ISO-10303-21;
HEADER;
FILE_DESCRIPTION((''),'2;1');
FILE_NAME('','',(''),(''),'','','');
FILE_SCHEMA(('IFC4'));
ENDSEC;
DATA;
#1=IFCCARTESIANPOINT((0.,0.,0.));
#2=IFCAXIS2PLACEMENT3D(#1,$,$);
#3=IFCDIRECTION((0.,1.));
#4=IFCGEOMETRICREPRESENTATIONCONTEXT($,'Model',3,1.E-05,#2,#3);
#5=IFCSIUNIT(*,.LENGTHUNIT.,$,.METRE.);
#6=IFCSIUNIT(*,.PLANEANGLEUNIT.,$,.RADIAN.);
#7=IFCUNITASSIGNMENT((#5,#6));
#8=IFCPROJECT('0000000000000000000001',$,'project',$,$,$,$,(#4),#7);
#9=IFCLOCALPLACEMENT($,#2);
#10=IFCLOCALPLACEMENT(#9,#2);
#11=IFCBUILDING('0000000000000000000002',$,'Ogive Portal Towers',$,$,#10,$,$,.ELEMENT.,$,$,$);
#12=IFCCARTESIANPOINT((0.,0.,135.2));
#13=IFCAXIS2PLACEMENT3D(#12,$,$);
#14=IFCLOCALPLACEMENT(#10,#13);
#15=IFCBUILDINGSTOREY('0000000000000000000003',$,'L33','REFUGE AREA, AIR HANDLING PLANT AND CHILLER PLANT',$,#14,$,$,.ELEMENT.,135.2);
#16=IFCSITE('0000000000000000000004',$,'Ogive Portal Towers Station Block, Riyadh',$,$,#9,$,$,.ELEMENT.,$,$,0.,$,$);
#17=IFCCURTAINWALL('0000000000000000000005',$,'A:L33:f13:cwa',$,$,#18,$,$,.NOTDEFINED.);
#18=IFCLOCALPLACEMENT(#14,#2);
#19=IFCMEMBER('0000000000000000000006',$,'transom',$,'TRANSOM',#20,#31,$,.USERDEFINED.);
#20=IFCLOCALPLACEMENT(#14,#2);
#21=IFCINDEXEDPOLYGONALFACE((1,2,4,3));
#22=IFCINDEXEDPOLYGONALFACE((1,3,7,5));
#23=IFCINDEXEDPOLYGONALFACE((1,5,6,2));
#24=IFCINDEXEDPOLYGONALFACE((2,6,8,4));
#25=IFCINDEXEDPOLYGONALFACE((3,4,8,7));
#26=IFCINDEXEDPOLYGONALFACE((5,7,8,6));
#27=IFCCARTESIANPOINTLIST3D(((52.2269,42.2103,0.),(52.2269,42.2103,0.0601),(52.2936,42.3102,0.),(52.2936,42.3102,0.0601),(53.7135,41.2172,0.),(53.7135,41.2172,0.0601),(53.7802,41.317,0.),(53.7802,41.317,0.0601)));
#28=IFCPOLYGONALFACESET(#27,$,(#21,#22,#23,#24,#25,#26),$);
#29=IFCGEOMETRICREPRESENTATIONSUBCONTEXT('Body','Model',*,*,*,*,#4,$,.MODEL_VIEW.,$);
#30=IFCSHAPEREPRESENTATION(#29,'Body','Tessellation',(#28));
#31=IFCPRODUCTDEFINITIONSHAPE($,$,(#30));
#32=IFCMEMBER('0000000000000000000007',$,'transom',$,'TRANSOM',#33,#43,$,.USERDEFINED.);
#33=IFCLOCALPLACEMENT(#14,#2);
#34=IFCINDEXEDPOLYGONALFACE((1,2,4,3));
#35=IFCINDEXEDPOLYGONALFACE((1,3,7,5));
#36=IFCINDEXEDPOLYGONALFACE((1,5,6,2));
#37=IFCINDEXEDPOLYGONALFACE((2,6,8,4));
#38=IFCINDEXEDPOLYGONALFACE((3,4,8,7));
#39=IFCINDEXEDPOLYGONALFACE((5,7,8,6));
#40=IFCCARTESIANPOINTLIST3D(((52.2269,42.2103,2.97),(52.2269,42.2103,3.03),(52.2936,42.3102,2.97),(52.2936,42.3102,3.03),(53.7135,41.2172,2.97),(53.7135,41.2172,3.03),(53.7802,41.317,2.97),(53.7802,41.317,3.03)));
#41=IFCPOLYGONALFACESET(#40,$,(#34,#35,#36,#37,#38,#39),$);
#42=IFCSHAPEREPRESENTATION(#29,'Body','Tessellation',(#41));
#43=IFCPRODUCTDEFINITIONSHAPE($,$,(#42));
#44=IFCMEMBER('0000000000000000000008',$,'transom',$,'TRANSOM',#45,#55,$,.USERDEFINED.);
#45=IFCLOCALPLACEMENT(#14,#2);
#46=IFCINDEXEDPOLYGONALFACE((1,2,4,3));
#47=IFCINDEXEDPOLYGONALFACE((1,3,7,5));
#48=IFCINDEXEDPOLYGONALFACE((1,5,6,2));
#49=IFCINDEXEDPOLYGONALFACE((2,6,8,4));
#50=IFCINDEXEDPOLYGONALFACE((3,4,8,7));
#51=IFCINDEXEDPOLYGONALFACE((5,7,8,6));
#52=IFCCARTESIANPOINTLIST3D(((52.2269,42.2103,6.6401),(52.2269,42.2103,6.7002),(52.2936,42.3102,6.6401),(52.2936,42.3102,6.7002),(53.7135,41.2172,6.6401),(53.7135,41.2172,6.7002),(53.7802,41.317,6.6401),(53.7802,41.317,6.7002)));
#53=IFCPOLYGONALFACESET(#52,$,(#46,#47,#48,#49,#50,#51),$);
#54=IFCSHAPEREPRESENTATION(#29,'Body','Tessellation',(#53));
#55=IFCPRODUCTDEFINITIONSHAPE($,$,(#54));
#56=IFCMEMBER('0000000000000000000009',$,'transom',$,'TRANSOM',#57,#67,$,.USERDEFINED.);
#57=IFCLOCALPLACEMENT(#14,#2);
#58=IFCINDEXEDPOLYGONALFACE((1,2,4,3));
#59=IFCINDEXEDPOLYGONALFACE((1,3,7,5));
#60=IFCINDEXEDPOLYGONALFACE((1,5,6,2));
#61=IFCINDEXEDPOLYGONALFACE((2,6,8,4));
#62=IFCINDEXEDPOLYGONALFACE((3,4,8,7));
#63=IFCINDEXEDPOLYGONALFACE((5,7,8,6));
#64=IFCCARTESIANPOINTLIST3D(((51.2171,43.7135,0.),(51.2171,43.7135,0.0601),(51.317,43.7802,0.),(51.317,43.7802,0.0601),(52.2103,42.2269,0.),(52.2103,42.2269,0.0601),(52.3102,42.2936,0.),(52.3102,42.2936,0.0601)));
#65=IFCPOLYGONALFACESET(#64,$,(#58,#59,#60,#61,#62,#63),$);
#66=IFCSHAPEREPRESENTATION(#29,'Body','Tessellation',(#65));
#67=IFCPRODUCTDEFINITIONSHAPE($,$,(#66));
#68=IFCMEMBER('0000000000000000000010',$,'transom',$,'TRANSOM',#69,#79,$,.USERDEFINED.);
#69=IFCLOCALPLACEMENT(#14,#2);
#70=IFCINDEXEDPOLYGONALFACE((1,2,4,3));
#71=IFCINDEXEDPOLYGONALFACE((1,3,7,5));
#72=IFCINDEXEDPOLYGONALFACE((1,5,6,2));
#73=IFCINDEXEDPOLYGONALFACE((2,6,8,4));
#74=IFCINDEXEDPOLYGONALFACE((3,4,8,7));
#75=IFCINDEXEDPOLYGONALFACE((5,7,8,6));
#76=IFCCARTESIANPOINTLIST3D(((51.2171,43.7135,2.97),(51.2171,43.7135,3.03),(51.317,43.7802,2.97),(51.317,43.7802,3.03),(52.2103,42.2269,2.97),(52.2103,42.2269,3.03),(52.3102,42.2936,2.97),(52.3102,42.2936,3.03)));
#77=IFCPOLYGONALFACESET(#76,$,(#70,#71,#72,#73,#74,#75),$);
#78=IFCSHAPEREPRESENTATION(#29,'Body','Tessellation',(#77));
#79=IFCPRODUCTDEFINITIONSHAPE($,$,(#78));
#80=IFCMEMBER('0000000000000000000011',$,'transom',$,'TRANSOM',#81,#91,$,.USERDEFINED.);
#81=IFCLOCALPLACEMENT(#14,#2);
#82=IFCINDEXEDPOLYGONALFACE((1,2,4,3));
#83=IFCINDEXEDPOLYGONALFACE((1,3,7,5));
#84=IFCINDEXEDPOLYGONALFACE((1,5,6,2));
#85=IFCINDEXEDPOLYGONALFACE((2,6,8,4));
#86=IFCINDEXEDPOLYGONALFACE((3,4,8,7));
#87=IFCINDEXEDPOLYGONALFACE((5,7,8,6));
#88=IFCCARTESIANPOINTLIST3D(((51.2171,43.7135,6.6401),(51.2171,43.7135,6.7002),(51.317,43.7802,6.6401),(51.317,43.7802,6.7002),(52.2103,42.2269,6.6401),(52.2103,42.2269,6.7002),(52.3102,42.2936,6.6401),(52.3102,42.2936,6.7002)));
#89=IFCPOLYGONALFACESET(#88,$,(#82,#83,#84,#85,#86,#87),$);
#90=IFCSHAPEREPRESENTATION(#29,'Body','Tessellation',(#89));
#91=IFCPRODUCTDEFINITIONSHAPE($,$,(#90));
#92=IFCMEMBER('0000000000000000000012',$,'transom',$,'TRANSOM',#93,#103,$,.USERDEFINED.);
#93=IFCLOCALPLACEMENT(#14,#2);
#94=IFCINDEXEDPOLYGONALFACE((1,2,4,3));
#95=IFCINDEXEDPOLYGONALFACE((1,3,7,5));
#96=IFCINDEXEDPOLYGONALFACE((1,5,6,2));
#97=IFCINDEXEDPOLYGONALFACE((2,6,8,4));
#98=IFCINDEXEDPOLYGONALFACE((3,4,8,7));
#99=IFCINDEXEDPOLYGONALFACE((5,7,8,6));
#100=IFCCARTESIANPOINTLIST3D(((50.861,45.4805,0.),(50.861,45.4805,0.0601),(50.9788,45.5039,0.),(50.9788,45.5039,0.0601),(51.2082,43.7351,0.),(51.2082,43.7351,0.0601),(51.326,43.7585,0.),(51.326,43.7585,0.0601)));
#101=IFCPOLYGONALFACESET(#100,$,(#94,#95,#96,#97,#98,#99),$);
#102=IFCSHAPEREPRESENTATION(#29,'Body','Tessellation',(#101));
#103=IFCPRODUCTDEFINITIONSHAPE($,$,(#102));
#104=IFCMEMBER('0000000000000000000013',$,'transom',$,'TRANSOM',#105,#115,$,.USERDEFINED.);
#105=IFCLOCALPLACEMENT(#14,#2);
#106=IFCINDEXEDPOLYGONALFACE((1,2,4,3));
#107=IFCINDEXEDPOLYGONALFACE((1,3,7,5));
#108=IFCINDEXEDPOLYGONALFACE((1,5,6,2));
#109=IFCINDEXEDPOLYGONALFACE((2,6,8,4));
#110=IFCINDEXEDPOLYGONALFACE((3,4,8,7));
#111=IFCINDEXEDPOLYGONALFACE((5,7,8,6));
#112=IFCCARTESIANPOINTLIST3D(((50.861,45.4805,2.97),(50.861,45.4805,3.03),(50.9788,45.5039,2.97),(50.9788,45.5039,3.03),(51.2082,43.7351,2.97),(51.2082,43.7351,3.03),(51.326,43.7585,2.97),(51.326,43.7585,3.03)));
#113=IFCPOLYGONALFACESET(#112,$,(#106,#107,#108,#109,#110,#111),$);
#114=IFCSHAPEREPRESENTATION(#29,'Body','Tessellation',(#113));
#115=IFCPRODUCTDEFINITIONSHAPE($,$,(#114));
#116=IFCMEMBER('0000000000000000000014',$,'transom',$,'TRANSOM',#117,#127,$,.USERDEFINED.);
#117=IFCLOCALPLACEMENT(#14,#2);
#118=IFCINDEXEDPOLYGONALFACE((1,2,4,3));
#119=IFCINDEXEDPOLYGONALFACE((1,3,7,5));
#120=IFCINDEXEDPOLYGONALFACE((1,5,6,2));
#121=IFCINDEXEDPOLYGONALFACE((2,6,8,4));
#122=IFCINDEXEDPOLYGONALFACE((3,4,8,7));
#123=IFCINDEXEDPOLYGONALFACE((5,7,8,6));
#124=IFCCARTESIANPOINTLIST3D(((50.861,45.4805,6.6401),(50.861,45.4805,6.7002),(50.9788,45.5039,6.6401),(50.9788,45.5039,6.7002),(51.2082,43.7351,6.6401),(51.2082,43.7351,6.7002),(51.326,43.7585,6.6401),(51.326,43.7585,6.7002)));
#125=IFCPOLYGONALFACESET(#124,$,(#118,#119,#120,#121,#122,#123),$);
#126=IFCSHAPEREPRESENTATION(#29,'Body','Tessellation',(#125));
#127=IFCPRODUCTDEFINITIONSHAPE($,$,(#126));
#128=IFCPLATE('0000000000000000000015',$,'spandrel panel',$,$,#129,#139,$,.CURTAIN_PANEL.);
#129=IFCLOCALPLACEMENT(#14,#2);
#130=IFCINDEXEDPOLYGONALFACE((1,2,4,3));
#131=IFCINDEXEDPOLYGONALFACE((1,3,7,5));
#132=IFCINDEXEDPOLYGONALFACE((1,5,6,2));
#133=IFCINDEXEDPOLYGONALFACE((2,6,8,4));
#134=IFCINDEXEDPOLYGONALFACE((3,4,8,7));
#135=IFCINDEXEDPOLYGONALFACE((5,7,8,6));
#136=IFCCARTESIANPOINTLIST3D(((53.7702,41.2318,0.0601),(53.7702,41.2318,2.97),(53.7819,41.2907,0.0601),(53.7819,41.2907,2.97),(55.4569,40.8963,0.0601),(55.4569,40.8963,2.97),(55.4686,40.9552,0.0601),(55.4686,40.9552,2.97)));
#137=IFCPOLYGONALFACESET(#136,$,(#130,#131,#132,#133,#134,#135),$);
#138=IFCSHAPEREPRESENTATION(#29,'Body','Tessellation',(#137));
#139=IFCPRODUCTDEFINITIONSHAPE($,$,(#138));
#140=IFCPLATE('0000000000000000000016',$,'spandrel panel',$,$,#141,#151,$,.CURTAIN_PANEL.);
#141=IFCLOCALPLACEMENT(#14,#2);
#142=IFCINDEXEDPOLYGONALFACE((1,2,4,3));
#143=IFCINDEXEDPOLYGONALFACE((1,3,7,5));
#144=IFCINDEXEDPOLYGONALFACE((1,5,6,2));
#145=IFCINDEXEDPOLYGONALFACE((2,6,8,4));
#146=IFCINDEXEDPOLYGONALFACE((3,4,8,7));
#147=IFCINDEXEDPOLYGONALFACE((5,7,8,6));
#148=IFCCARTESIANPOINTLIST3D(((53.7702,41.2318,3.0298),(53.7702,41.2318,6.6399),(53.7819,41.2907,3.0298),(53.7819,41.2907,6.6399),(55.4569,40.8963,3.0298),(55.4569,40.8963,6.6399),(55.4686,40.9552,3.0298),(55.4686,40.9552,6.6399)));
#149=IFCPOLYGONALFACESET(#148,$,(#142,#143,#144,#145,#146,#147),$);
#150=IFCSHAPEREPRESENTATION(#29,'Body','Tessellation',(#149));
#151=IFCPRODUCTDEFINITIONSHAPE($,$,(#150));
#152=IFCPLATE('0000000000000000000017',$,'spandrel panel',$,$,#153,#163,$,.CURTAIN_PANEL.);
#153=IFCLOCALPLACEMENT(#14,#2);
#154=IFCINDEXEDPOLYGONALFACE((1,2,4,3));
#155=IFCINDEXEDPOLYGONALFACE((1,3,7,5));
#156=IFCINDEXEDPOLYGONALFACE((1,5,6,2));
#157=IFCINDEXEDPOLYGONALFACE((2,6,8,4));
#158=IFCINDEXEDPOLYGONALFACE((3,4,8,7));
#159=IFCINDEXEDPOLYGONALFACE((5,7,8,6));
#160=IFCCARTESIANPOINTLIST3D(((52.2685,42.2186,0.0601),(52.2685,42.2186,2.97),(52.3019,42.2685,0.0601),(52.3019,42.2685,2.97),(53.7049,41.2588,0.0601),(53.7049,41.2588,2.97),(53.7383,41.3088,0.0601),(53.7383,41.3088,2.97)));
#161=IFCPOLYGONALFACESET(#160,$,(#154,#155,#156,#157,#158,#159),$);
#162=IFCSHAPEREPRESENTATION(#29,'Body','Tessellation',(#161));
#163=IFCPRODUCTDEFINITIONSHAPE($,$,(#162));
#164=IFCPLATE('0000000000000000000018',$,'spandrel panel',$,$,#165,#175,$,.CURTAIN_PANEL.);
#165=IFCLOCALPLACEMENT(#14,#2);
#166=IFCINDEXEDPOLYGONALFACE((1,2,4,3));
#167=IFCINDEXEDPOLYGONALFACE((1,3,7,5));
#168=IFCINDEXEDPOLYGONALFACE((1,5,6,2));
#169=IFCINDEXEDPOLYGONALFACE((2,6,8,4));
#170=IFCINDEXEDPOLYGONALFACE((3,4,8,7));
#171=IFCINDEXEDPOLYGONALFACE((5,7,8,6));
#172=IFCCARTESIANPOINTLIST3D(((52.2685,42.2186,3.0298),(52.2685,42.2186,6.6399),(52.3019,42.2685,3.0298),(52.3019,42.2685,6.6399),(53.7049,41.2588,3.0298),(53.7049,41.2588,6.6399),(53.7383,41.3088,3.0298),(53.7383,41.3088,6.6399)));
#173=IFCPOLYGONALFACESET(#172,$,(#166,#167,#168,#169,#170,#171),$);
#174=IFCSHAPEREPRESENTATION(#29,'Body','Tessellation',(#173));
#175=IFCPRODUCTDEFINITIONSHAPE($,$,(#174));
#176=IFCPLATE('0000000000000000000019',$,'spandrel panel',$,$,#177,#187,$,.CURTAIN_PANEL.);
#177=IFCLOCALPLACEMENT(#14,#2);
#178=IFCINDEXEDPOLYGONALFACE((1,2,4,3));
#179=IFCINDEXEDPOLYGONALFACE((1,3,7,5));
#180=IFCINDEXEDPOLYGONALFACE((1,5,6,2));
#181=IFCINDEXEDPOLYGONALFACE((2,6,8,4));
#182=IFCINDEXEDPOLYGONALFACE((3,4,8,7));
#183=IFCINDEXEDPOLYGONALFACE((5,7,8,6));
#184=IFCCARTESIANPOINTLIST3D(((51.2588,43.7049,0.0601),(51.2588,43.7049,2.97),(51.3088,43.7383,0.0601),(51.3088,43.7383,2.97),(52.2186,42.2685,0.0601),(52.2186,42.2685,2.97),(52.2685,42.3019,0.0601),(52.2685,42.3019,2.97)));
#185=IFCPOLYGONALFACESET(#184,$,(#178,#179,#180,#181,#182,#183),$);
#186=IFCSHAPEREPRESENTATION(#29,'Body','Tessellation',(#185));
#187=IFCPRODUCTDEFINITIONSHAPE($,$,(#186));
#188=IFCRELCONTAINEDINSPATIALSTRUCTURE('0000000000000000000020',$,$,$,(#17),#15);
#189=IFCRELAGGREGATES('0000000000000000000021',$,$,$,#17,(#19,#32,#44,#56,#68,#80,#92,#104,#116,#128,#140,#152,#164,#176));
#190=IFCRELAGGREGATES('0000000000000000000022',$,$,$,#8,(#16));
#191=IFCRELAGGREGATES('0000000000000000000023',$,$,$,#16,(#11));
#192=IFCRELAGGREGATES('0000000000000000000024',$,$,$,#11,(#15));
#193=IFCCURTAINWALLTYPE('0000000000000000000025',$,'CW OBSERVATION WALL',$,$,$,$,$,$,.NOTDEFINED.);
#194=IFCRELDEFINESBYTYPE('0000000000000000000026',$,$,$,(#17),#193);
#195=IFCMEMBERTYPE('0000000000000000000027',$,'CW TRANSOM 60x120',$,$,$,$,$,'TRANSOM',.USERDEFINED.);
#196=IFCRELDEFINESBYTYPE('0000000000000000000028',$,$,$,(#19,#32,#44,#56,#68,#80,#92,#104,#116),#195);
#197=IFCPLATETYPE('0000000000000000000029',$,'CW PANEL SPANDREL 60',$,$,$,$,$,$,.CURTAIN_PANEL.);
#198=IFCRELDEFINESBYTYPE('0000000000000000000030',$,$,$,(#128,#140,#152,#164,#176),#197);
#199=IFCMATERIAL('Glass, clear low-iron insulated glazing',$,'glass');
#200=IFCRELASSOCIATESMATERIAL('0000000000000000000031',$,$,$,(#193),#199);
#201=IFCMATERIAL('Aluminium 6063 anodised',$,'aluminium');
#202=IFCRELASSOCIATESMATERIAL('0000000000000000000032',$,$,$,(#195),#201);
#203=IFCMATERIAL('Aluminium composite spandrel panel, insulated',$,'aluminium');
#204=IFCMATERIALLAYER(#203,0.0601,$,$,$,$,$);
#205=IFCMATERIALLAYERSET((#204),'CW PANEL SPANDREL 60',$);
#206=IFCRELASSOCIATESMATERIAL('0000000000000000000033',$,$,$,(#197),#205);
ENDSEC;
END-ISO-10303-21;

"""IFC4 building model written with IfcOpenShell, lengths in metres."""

from ifc_helpers import new_model, si_unit, direction, frame, origin, origin_2d, place, context, subcontext, project, spatial, rectangle, extrude, material, layer, layer_set, material_profile, profile_set, type_object, element, aggregate, save


model = new_model("IFC4")

# Units and contexts
model_context = context("Model", 3, precision=1e-05, world=origin(), true_north=direction((0.0, 1.0)))
body_context = subcontext(model_context, "Body", "Model", "MODEL_VIEW")
ifc_project = project(units=[si_unit("LENGTHUNIT", "METRE"), si_unit("PLANEANGLEUNIT", "RADIAN")], contexts=[model_context])

# Site, building, storey
site_placement = place(None, origin())
site = spatial("IfcSite", under=ifc_project, at=site_placement, Name="Ogive Portal Towers Station Block, Riyadh", CompositionType="ELEMENT", RefElevation=0.0)
building_placement = place(site_placement, origin())
building = spatial("IfcBuilding", under=site, at=building_placement, Name="Ogive Portal Towers", CompositionType="ELEMENT")
storey_placement = place(building_placement, frame((0.0, 0.0, 135.2)))
storey = spatial("IfcBuildingStorey", under=building, at=storey_placement, Name="L33", Description="REFUGE AREA, AIR HANDLING PLANT AND CHILLER PLANT", CompositionType="ELEMENT", Elevation=135.2)

# Shared definitions
ifc_material_1 = material(Name="Glass, clear low-iron insulated glazing", Category="glass")
curtain_wall_type = type_object("IfcCurtainWallType", Name="CW OBSERVATION WALL", PredefinedType="NOTDEFINED", material=ifc_material_1)
ifc_material_2 = material(Name="Aluminium 6063 anodised", Category="aluminium")

# Curtain wall, members, plates
curtain_wall_1_placement = place(storey_placement, origin())
curtain_wall_1 = element("IfcCurtainWall", 1, at=curtain_wall_1_placement, inside=storey, type_object=curtain_wall_type, Name="A:L33:f13:cwa", PredefinedType="NOTDEFINED")
ifc_material_profile_1 = material_profile(ifc_material_2, rectangle(XDim=0.1201, YDim=0.0601, at=origin_2d()), Name="AL 120x60")
ifc_profile_set_1 = profile_set([ifc_material_profile_1], Name="Aluminium 6063 anodised")
member_type_1 = type_object("IfcMemberType", Name="CW TRANSOM 60x120", ElementType="TRANSOM", PredefinedType="USERDEFINED", material=ifc_profile_set_1)
member_1_placement = place(storey_placement, frame((53.7468, 41.2671, 0.03), z_axis=(-0.831504, 0.555519, 0.0), x_axis=(-0.555519, -0.831504, 0.0)))
member_1 = element("IfcMember", 2, at=member_1_placement, type_object=member_type_1, Name="transom", ObjectType="TRANSOM", PredefinedType="USERDEFINED", context=body_context, shape_type="SweptSolid", body=[
    extrude(rectangle(XDim=0.1201, YDim=0.0601, at=origin_2d()), origin(), (0.0, 0.0, 1.0), 1.7878),
])
member_2_placement = place(storey_placement, frame((53.7468, 41.2671, 3.0), z_axis=(-0.831504, 0.555519, 0.0), x_axis=(-0.555519, -0.831504, 0.0)))
member_2 = element("IfcMember", 3, at=member_2_placement, type_object=member_type_1, Name="transom", ObjectType="TRANSOM", PredefinedType="USERDEFINED", context=body_context, shape_type="SweptSolid", body=[
    extrude(rectangle(XDim=0.1201, YDim=0.0601, at=origin_2d()), origin(), (0.0, 0.0, 1.0), 1.7878),
])
member_3_placement = place(storey_placement, frame((53.7468, 41.2671, 6.6702), z_axis=(-0.831504, 0.555519, 0.0), x_axis=(-0.555519, -0.831504, 0.0)))
member_3 = element("IfcMember", 4, at=member_3_placement, type_object=member_type_1, Name="transom", ObjectType="TRANSOM", PredefinedType="USERDEFINED", context=body_context, shape_type="SweptSolid", body=[
    extrude(rectangle(XDim=0.1201, YDim=0.0601, at=origin_2d()), origin(), (0.0, 0.0, 1.0), 1.7878),
])
member_4_placement = place(storey_placement, frame((52.2603, 42.2603, 0.03), z_axis=(-0.555519, 0.831504, 0.0), x_axis=(-0.831504, -0.555519, 0.0)))
member_4 = element("IfcMember", 5, at=member_4_placement, type_object=member_type_1, Name="transom", ObjectType="TRANSOM", PredefinedType="USERDEFINED", context=body_context, shape_type="SweptSolid", body=[
    extrude(rectangle(XDim=0.1201, YDim=0.0601, at=origin_2d()), origin(), (0.0, 0.0, 1.0), 1.7878),
])
member_5_placement = place(storey_placement, frame((52.2603, 42.2603, 3.0), z_axis=(-0.555519, 0.831504, 0.0), x_axis=(-0.831504, -0.555519, 0.0)))
member_5 = element("IfcMember", 6, at=member_5_placement, type_object=member_type_1, Name="transom", ObjectType="TRANSOM", PredefinedType="USERDEFINED", context=body_context, shape_type="SweptSolid", body=[
    extrude(rectangle(XDim=0.1201, YDim=0.0601, at=origin_2d()), origin(), (0.0, 0.0, 1.0), 1.7878),
])
member_6_placement = place(storey_placement, frame((52.2603, 42.2603, 6.6702), z_axis=(-0.555519, 0.831504, 0.0), x_axis=(-0.831504, -0.555519, 0.0)))
member_6 = element("IfcMember", 7, at=member_6_placement, type_object=member_type_1, Name="transom", ObjectType="TRANSOM", PredefinedType="USERDEFINED", context=body_context, shape_type="SweptSolid", body=[
    extrude(rectangle(XDim=0.1201, YDim=0.0601, at=origin_2d()), origin(), (0.0, 0.0, 1.0), 1.7878),
])
member_7_placement = place(storey_placement, frame((51.2671, 43.7468, 0.03), z_axis=(-0.195087, 0.980786, 0.0), x_axis=(-0.980786, -0.195087, 0.0)))
member_7 = element("IfcMember", 8, at=member_7_placement, type_object=member_type_1, Name="transom", ObjectType="TRANSOM", PredefinedType="USERDEFINED", context=body_context, shape_type="SweptSolid", body=[
    extrude(rectangle(XDim=0.1201, YDim=0.0601, at=origin_2d()), origin(), (0.0, 0.0, 1.0), 1.7795),
])
member_8_placement = place(storey_placement, frame((51.2671, 43.7468, 3.0), z_axis=(-0.195087, 0.980786, 0.0), x_axis=(-0.980786, -0.195087, 0.0)))
member_8 = element("IfcMember", 9, at=member_8_placement, type_object=member_type_1, Name="transom", ObjectType="TRANSOM", PredefinedType="USERDEFINED", context=body_context, shape_type="SweptSolid", body=[
    extrude(rectangle(XDim=0.1201, YDim=0.0601, at=origin_2d()), origin(), (0.0, 0.0, 1.0), 1.7795),
])
member_9_placement = place(storey_placement, frame((51.2671, 43.7468, 6.6702), z_axis=(-0.195087, 0.980786, 0.0), x_axis=(-0.980786, -0.195087, 0.0)))
member_9 = element("IfcMember", 10, at=member_9_placement, type_object=member_type_1, Name="transom", ObjectType="TRANSOM", PredefinedType="USERDEFINED", context=body_context, shape_type="SweptSolid", body=[
    extrude(rectangle(XDim=0.1201, YDim=0.0601, at=origin_2d()), origin(), (0.0, 0.0, 1.0), 1.7795),
])
ifc_material_3 = material(Name="Aluminium composite spandrel panel, insulated", Category="aluminium")
ifc_layer_1 = layer(ifc_material_3, 0.0601)
ifc_layer_set_1 = layer_set([ifc_layer_1], Name="CW PANEL SPANDREL 60")
plate_type = type_object("IfcPlateType", Name="CW PANEL SPANDREL 60", PredefinedType="CURTAIN_PANEL", material=ifc_layer_set_1)
plate_1_placement = place(storey_placement, frame((54.6194, 41.0935, 0.0601), z_axis=(0.0, 0.0, 1.0), x_axis=(-0.980785, 0.19509, 0.0)))
plate_1 = element("IfcPlate", 11, at=plate_1_placement, type_object=plate_type, Name="spandrel panel", PredefinedType="CURTAIN_PANEL", context=body_context, shape_type="SweptSolid", body=[
    extrude(rectangle(XDim=1.7197, YDim=0.0601, at=origin_2d()), origin(), (0.0, 0.0, 1.0), 2.9099),
])
plate_2_placement = place(storey_placement, frame((54.6194, 41.0935, 3.0298), z_axis=(0.0, 0.0, 1.0), x_axis=(-0.980785, 0.19509, 0.0)))
plate_2 = element("IfcPlate", 12, at=plate_2_placement, type_object=plate_type, Name="spandrel panel", PredefinedType="CURTAIN_PANEL", context=body_context, shape_type="SweptSolid", body=[
    extrude(rectangle(XDim=1.7197, YDim=0.0601, at=origin_2d()), origin(), (0.0, 0.0, 1.0), 3.6101),
])
plate_3_placement = place(storey_placement, frame((53.0034, 41.7637, 0.0601), z_axis=(0.0, 0.0, 1.0), x_axis=(-0.83147, 0.55557, 0.0)))
plate_3 = element("IfcPlate", 13, at=plate_3_placement, type_object=plate_type, Name="spandrel panel", PredefinedType="CURTAIN_PANEL", context=body_context, shape_type="SweptSolid", body=[
    extrude(rectangle(XDim=1.7275, YDim=0.0601, at=origin_2d()), origin(), (0.0, 0.0, 1.0), 2.9099),
])
plate_4_placement = place(storey_placement, frame((53.0034, 41.7637, 3.0298), z_axis=(0.0, 0.0, 1.0), x_axis=(-0.83147, 0.55557, 0.0)))
plate_4 = element("IfcPlate", 14, at=plate_4_placement, type_object=plate_type, Name="spandrel panel", PredefinedType="CURTAIN_PANEL", context=body_context, shape_type="SweptSolid", body=[
    extrude(rectangle(XDim=1.7275, YDim=0.0601, at=origin_2d()), origin(), (0.0, 0.0, 1.0), 3.6101),
])
plate_5_placement = place(storey_placement, frame((51.7637, 43.0034, 0.0601), z_axis=(0.0, 0.0, 1.0), x_axis=(-0.55557, 0.83147, 0.0)))
plate_5 = element("IfcPlate", 15, at=plate_5_placement, type_object=plate_type, Name="spandrel panel", PredefinedType="CURTAIN_PANEL", context=body_context, shape_type="SweptSolid", body=[
    extrude(rectangle(XDim=1.7275, YDim=0.0601, at=origin_2d()), origin(), (0.0, 0.0, 1.0), 2.9099),
])
aggregate(curtain_wall_1, [member_1, member_2, member_3, member_4, member_5, member_6, member_7, member_8, member_9, plate_1, plate_2, plate_3, plate_4, plate_5])

save(model, "model.ifc")
